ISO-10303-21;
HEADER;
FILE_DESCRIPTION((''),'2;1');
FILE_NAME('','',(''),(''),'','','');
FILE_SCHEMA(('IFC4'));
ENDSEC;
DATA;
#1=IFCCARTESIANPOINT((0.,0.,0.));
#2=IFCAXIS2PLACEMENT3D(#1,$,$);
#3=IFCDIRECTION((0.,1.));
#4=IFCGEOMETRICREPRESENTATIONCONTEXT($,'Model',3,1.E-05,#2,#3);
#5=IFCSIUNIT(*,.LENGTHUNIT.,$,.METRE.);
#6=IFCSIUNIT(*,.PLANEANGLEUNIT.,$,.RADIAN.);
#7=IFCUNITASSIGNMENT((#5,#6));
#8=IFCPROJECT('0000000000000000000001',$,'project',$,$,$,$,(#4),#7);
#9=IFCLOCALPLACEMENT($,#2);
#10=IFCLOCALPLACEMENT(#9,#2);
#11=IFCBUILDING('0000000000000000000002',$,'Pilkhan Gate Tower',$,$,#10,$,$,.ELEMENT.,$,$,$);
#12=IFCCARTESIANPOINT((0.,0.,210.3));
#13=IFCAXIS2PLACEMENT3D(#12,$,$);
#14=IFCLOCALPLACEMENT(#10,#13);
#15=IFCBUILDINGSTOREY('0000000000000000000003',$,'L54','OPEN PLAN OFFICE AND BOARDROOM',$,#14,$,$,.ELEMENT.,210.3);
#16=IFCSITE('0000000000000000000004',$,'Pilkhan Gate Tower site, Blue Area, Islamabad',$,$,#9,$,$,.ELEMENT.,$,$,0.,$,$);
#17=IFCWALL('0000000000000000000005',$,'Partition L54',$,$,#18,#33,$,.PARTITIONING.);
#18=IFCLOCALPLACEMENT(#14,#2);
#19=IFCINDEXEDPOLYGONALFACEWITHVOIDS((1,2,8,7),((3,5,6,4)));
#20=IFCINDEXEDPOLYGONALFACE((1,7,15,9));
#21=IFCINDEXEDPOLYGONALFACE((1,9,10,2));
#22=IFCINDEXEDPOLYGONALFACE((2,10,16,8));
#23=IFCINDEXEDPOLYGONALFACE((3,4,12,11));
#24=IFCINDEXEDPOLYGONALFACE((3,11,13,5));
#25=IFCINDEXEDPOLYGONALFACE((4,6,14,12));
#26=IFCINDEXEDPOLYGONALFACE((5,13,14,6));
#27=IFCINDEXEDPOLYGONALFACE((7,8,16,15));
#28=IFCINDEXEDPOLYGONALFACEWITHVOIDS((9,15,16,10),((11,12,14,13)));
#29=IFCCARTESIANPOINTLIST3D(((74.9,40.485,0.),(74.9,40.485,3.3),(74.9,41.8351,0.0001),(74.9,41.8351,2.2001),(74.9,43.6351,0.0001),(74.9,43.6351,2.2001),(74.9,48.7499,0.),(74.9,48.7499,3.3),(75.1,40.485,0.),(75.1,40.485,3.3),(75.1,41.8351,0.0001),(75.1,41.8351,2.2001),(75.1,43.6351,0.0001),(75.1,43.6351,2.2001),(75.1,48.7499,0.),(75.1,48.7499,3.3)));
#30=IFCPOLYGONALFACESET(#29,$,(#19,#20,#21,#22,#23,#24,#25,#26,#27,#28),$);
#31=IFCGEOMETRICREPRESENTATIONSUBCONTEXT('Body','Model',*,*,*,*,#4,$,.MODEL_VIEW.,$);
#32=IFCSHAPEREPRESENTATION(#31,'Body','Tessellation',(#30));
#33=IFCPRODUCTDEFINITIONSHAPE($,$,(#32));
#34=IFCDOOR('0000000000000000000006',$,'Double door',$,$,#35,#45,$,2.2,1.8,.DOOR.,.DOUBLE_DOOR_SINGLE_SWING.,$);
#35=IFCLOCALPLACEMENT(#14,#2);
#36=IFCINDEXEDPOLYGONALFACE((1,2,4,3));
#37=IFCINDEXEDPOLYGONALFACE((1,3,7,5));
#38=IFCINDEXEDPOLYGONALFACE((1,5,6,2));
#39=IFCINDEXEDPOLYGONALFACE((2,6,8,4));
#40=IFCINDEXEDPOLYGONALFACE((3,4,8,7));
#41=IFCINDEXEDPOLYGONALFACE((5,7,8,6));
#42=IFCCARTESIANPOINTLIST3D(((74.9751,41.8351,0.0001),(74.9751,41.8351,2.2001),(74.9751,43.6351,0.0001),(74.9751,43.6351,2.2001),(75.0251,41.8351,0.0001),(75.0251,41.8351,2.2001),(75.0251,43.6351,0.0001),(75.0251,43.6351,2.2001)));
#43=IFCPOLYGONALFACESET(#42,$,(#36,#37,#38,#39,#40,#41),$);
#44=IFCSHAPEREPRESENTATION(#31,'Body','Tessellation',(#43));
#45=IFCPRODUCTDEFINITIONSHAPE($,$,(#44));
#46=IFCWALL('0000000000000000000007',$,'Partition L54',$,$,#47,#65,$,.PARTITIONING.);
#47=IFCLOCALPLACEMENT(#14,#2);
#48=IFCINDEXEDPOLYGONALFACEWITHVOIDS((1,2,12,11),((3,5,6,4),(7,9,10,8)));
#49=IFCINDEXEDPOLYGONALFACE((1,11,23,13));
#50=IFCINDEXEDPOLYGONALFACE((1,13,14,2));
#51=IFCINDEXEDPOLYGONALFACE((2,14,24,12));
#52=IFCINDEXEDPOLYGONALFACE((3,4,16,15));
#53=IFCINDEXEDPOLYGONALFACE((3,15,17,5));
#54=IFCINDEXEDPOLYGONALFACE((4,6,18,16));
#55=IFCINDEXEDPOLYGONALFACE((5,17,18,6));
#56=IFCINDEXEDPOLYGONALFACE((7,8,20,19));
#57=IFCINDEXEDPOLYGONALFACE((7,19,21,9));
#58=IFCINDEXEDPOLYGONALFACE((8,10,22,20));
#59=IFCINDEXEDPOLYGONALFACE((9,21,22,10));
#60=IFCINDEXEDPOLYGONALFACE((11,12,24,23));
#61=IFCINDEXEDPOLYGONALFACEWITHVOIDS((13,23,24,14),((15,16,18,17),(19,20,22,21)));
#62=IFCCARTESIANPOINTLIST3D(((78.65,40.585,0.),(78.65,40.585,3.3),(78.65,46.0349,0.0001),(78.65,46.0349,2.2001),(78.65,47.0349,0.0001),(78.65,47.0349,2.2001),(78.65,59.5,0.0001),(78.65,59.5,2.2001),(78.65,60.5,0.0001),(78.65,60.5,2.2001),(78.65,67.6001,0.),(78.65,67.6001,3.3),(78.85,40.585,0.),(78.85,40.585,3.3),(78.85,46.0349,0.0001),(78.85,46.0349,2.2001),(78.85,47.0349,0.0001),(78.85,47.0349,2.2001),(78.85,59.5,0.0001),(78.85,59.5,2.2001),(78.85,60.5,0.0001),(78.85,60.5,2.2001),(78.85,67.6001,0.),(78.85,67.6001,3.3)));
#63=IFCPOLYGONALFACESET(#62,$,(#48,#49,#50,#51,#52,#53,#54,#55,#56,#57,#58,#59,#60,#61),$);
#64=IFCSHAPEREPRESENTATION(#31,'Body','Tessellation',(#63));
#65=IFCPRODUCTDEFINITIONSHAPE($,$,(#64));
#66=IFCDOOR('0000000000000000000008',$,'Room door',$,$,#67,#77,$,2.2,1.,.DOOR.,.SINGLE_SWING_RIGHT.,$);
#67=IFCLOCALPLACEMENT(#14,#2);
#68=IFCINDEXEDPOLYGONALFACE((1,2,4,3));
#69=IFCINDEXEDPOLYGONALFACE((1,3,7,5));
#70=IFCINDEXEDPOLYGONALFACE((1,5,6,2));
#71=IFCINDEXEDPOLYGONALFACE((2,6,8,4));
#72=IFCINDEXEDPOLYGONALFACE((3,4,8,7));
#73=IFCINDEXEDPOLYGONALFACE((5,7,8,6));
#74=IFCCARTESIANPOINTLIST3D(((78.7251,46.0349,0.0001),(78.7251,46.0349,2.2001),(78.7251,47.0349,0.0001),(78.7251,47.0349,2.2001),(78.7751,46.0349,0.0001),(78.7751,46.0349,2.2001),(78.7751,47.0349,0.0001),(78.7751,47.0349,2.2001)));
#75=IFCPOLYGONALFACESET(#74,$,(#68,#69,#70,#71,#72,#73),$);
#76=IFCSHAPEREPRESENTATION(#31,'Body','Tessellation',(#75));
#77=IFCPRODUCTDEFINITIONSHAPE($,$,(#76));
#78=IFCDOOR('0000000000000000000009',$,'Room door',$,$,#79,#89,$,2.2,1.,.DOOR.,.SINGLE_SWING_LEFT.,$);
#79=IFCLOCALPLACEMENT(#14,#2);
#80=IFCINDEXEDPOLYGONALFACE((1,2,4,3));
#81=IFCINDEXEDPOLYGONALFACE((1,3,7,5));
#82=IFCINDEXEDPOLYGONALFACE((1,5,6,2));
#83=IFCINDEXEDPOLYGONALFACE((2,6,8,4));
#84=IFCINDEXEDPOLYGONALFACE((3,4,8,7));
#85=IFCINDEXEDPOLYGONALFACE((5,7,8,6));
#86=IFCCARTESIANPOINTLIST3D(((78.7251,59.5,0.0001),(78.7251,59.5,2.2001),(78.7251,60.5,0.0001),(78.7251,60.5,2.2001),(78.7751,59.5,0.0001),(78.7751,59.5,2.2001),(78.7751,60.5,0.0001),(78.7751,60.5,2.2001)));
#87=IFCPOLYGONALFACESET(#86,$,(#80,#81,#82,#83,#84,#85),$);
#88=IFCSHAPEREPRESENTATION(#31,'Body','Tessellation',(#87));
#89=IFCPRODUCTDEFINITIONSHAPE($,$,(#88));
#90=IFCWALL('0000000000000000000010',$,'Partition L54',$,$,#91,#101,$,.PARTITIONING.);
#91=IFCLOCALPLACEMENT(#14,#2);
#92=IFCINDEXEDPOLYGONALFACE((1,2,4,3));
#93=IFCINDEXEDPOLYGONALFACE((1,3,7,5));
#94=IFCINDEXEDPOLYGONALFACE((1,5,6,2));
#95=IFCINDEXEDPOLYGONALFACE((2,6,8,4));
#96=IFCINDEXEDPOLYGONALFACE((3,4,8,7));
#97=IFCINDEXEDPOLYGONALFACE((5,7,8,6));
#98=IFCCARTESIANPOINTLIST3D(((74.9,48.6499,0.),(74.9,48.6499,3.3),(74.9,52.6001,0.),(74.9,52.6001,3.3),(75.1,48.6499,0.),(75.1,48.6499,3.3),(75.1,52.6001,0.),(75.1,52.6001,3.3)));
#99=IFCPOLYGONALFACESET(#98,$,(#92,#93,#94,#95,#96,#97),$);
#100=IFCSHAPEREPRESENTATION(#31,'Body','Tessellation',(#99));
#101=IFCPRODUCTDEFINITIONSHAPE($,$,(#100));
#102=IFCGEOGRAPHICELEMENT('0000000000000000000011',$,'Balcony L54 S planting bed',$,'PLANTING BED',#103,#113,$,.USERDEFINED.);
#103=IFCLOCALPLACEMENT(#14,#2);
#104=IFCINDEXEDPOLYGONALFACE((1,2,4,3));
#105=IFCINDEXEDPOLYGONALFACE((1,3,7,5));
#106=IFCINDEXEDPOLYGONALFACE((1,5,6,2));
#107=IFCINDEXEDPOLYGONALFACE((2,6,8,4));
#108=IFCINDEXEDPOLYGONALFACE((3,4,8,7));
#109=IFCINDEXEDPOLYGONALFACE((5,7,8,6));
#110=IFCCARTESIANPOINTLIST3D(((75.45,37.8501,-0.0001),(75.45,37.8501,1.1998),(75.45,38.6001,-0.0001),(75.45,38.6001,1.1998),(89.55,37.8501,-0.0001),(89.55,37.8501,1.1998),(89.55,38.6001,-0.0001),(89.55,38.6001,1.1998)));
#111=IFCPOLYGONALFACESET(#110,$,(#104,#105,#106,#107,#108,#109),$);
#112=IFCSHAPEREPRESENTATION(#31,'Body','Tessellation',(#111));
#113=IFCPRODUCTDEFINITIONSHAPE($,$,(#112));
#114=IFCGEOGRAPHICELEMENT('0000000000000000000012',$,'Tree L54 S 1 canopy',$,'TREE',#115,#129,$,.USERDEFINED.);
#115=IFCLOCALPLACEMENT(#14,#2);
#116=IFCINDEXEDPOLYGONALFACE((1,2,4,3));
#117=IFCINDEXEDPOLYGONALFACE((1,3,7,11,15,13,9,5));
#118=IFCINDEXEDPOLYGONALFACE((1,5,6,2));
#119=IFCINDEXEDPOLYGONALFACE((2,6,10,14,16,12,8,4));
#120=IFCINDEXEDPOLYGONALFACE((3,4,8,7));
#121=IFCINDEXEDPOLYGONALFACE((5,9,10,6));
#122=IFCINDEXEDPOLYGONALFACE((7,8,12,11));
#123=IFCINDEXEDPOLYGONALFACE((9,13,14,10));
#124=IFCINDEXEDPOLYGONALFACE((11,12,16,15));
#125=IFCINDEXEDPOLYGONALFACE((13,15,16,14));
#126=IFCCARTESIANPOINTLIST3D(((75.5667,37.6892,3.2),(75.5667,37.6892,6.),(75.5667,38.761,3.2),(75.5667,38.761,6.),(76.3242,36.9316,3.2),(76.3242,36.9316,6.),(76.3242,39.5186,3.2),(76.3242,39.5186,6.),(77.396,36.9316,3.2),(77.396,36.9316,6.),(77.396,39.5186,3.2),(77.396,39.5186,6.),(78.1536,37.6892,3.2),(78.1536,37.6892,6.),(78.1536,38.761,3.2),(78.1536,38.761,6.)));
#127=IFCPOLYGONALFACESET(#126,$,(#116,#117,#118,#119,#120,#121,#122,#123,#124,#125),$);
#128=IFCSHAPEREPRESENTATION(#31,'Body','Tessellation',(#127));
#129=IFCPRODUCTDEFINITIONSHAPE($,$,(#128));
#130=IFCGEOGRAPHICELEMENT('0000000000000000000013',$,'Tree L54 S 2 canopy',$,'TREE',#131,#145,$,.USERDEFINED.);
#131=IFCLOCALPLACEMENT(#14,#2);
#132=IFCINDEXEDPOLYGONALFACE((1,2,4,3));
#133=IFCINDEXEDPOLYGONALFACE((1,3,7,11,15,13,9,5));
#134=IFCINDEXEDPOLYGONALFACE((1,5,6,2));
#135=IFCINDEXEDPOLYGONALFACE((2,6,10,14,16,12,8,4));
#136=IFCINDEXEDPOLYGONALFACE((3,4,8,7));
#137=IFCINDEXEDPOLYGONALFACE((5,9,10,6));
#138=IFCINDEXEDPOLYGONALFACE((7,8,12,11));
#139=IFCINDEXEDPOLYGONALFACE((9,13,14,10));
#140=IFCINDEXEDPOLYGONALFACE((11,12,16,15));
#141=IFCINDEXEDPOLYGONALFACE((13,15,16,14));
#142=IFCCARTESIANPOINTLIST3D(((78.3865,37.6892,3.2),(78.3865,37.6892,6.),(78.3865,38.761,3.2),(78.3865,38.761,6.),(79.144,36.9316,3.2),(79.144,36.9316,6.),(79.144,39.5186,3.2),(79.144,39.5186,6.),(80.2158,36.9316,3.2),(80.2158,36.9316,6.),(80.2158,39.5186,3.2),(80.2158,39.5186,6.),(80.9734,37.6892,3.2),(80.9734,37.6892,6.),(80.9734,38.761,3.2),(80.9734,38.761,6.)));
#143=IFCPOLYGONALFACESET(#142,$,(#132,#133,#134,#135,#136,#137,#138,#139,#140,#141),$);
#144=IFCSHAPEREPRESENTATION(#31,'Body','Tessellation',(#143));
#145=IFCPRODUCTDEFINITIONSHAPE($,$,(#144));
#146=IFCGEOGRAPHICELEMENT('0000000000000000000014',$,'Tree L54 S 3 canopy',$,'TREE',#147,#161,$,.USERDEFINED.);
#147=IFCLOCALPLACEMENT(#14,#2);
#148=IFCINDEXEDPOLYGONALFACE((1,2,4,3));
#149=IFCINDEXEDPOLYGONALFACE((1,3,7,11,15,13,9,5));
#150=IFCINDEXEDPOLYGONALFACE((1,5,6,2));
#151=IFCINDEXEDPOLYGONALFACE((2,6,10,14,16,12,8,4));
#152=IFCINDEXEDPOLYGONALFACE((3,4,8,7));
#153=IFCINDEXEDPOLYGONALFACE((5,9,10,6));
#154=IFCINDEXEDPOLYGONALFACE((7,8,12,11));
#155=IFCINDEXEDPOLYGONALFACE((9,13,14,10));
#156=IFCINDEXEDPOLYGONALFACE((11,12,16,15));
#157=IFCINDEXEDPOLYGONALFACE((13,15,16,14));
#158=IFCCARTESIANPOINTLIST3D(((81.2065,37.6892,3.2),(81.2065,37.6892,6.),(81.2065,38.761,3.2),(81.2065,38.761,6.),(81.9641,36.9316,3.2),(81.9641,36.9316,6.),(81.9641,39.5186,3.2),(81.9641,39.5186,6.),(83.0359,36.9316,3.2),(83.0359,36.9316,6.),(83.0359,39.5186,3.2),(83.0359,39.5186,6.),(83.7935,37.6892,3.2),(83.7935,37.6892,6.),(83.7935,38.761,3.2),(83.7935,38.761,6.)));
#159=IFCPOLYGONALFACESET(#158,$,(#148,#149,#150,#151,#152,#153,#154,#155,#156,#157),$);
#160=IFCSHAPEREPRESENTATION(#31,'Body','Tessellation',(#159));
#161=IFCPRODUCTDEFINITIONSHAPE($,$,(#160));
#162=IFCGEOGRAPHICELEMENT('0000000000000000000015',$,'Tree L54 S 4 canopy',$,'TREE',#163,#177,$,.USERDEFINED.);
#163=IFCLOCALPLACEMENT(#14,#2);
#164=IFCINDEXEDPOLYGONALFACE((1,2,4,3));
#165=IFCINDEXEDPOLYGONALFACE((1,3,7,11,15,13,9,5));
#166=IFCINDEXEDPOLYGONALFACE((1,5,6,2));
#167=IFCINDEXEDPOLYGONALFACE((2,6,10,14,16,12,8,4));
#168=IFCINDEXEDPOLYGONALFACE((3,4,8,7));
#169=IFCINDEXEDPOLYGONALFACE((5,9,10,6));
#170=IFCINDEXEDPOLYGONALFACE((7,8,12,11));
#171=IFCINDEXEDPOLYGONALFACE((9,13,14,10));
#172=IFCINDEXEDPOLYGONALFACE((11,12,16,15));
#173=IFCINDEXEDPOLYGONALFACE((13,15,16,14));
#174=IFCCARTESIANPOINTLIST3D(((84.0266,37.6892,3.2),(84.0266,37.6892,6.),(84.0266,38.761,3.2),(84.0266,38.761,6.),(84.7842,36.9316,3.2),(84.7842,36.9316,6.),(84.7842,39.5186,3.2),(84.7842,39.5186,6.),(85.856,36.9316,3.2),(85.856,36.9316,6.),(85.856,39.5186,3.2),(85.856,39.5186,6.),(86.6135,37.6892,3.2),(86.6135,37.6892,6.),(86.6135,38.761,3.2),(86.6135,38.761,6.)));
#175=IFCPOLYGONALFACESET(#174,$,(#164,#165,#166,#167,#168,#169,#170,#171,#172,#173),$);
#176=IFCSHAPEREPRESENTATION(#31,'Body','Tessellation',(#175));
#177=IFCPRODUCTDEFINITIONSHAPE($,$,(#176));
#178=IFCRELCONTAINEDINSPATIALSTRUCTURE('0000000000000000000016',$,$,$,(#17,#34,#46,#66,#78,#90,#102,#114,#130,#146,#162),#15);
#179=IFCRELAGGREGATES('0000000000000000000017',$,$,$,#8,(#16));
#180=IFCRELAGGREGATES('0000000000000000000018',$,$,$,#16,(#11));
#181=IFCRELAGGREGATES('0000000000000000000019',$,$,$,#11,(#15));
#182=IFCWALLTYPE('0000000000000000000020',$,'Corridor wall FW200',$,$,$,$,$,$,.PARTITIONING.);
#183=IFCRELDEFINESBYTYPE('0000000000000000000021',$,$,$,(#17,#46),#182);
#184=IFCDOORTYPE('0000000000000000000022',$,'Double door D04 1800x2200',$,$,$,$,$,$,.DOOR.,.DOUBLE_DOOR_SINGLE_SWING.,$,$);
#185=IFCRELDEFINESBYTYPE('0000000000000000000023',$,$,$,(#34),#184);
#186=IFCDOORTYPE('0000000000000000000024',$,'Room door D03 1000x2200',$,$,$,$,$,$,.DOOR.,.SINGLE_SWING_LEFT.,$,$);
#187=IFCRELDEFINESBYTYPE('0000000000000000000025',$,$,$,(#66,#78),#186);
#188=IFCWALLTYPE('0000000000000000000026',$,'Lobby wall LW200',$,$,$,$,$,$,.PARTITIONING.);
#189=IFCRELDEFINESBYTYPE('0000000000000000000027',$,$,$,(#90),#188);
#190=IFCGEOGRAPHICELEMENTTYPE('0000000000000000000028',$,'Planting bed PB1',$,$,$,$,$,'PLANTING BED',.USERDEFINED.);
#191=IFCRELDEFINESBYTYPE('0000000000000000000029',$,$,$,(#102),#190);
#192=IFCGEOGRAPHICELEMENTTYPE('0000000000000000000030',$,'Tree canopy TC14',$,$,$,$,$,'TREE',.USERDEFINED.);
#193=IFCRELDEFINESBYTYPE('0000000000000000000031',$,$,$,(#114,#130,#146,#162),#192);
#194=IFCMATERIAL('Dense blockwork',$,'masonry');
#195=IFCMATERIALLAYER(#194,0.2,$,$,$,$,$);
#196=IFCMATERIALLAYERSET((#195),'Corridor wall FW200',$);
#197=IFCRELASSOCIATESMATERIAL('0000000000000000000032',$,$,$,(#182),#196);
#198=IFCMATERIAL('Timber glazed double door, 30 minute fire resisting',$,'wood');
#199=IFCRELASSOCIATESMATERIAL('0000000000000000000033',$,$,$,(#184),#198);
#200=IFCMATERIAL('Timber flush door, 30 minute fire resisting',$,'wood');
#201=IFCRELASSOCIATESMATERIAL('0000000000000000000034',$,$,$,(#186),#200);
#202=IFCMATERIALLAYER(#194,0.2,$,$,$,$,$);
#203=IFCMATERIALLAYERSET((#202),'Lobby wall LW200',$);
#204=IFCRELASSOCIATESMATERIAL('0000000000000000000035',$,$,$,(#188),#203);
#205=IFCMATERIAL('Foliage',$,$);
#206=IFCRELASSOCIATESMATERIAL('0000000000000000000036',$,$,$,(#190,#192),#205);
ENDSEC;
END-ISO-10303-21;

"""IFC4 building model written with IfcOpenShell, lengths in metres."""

from ifc_helpers import new_model, si_unit, direction, frame, frame_2d, origin, origin_2d, place, context, subcontext, project, spatial, polyline, rectangle, outline, extrude, material, layer, layer_set, material_profile, profile_set, type_object, element, fill, save


model = new_model("IFC4")

# Units and contexts
model_context = context("Model", 3, precision=1e-05, world=origin(), true_north=direction((0.0, 1.0)))
body_context = subcontext(model_context, "Body", "Model", "MODEL_VIEW")
ifc_project = project(units=[si_unit("LENGTHUNIT", "METRE"), si_unit("PLANEANGLEUNIT", "RADIAN")], contexts=[model_context])

# Site, building, storey
site_placement = place(None, origin())
site = spatial("IfcSite", under=ifc_project, at=site_placement, Name="Pilkhan Gate Tower site, Blue Area, Islamabad", CompositionType="ELEMENT", RefElevation=0.0)
building_placement = place(site_placement, origin())
building = spatial("IfcBuilding", under=site, at=building_placement, Name="Pilkhan Gate Tower", CompositionType="ELEMENT")
storey_placement = place(building_placement, frame((0.0, 0.0, 210.3)))
storey = spatial("IfcBuildingStorey", under=building, at=storey_placement, Name="L54", Description="OPEN PLAN OFFICE AND BOARDROOM", CompositionType="ELEMENT", Elevation=210.3)

# Wall, opening, door
ifc_material_1 = material(Name="Dense blockwork", Category="masonry")
ifc_layer_1 = layer(ifc_material_1, 0.2)
ifc_layer_set_1 = layer_set([ifc_layer_1], Name="Corridor wall FW200")
wall_type_1 = type_object("IfcWallType", Name="Corridor wall FW200", PredefinedType="PARTITIONING", material=ifc_layer_set_1)
wall_1_placement = place(storey_placement, frame((75.0, 40.4851, 0.0), z_axis=(0.0, 0.0, 1.0), x_axis=(0.0, 1.0, 0.0)))
wall_1 = element("IfcWall", 1, at=wall_1_placement, inside=storey, type_object=wall_type_1, Name="Partition L54", PredefinedType="PARTITIONING", context=body_context, shape_type="SweptSolid", body=[
    extrude(rectangle(XDim=8.2649, YDim=0.2, at=frame_2d((4.1323, 0.0))), origin(), (0.0, 0.0, 1.0), 3.3),
])
opening_1_placement = place(wall_1_placement, frame((1.3501, 0.0, 0.0)))
opening_1 = element("IfcOpeningElement", 2, at=opening_1_placement, cuts=wall_1, PredefinedType="OPENING", context=body_context, shape_type="SweptSolid", body=[
    extrude(rectangle(XDim=1.8, YDim=2.2, at=frame_2d((0.8999, 1.1001))), frame((0.0, 0.1099, 0.0), z_axis=(0.0, -1.0, 0.0), x_axis=(1.0, 0.0, 0.0)), (0.0, 0.0, 1.0), 0.22),
])
ifc_material_2 = material(Name="Timber glazed double door, 30 minute fire resisting", Category="wood")
door_type_1 = type_object("IfcDoorType", Name="Double door D04 1800x2200", OperationType="DOUBLE_DOOR_SINGLE_SWING", PredefinedType="DOOR", material=ifc_material_2)
door_1_placement = place(opening_1_placement, origin())
door_1 = element("IfcDoor", 3, at=door_1_placement, inside=storey, type_object=door_type_1, Name="Double door", OperationType="DOUBLE_DOOR_SINGLE_SWING", OverallHeight=2.2, OverallWidth=1.8, PredefinedType="DOOR", context=body_context, shape_type="SweptSolid", body=[
    extrude(rectangle(XDim=1.8, YDim=2.2, at=frame_2d((0.8999, 1.1001))), frame((0.0, 0.0249, 0.0), z_axis=(0.0, -1.0, 0.0), x_axis=(1.0, 0.0, 0.0)), (0.0, 0.0, 1.0), 0.05),
])
fill(opening_1, door_1)

# Wall, openings, doors
wall_2_placement = place(storey_placement, frame((78.75, 40.585, 0.0), z_axis=(0.0, 0.0, 1.0), x_axis=(0.0, 1.0, 0.0)))
wall_2 = element("IfcWall", 4, at=wall_2_placement, inside=storey, type_object=wall_type_1, Name="Partition L54", PredefinedType="PARTITIONING", context=body_context, shape_type="SweptSolid", body=[
    extrude(rectangle(XDim=27.0151, YDim=0.2, at=frame_2d((13.5076, 0.0))), origin(), (0.0, 0.0, 1.0), 3.3),
])
opening_2_placement = place(wall_2_placement, frame((5.45, 0.0, 0.0)))
opening_2 = element("IfcOpeningElement", 5, at=opening_2_placement, cuts=wall_2, PredefinedType="OPENING", context=body_context, shape_type="SweptSolid", body=[
    extrude(rectangle(XDim=1.0, YDim=2.2, at=frame_2d((0.5, 1.1001))), frame((0.0, 0.1099, 0.0), z_axis=(0.0, -1.0, 0.0), x_axis=(1.0, 0.0, 0.0)), (0.0, 0.0, 1.0), 0.22),
])
opening_3_placement = place(wall_2_placement, frame((18.915, 0.0, 0.0)))
opening_3 = element("IfcOpeningElement", 6, at=opening_3_placement, cuts=wall_2, PredefinedType="OPENING", context=body_context, shape_type="SweptSolid", body=[
    extrude(rectangle(XDim=1.0, YDim=2.2, at=frame_2d((0.5, 1.1001))), frame((0.0, 0.1099, 0.0), z_axis=(0.0, -1.0, 0.0), x_axis=(1.0, 0.0, 0.0)), (0.0, 0.0, 1.0), 0.22),
])
ifc_material_3 = material(Name="Timber flush door, 30 minute fire resisting", Category="wood")
door_type_2 = type_object("IfcDoorType", Name="Room door D03 1000x2200", OperationType="SINGLE_SWING_LEFT", PredefinedType="DOOR", material=ifc_material_3)
door_2_placement = place(opening_2_placement, origin())
door_2 = element("IfcDoor", 7, at=door_2_placement, inside=storey, type_object=door_type_2, Name="Room door", OperationType="SINGLE_SWING_RIGHT", OverallHeight=2.2, OverallWidth=1.0, PredefinedType="DOOR", context=body_context, shape_type="SweptSolid", body=[
    extrude(rectangle(XDim=1.0, YDim=2.2, at=frame_2d((0.5, 1.1001))), frame((0.0, 0.0249, 0.0), z_axis=(0.0, -1.0, 0.0), x_axis=(1.0, 0.0, 0.0)), (0.0, 0.0, 1.0), 0.05),
])
fill(opening_2, door_2)
door_3_placement = place(opening_3_placement, origin())
door_3 = element("IfcDoor", 8, at=door_3_placement, inside=storey, type_object=door_type_2, Name="Room door", OperationType="SINGLE_SWING_LEFT", OverallHeight=2.2, OverallWidth=1.0, PredefinedType="DOOR", context=body_context, shape_type="SweptSolid", body=[
    extrude(rectangle(XDim=1.0, YDim=2.2, at=frame_2d((0.5, 1.1001))), frame((0.0, 0.0249, 0.0), z_axis=(0.0, -1.0, 0.0), x_axis=(1.0, 0.0, 0.0)), (0.0, 0.0, 1.0), 0.05),
])
fill(opening_3, door_3)

# Wall
ifc_layer_2 = layer(ifc_material_1, 0.2)
ifc_layer_set_2 = layer_set([ifc_layer_2], Name="Lobby wall LW200")
wall_type_2 = type_object("IfcWallType", Name="Lobby wall LW200", PredefinedType="PARTITIONING", material=ifc_layer_set_2)
wall_3_placement = place(storey_placement, frame((75.0, 48.6499, 0.0), z_axis=(0.0, 0.0, 1.0), x_axis=(0.0, 1.0, 0.0)))
element("IfcWall", 9, at=wall_3_placement, inside=storey, type_object=wall_type_2, Name="Partition L54", PredefinedType="PARTITIONING", context=body_context, shape_type="SweptSolid", body=[
    extrude(rectangle(XDim=3.9502, YDim=0.2, at=frame_2d((1.9751, 0.0))), origin(), (0.0, 0.0, 1.0), 3.3),
])

# Geographic elements
ifc_material_4 = material(Name="Foliage")
ifc_material_profile_1 = material_profile(ifc_material_4, rectangle(XDim=0.75, YDim=1.2, at=origin_2d()), Name="Bed 750x1200")
ifc_profile_set_1 = profile_set([ifc_material_profile_1], Name="Foliage")
geographic_element_type_1 = type_object("IfcGeographicElementType", Name="Planting bed PB1", ElementType="PLANTING BED", PredefinedType="USERDEFINED", material=ifc_profile_set_1)
geographic_element_placement = place(storey_placement, frame((75.45, 38.2251, 0.5999), z_axis=(1.0, 0.0, 0.0), x_axis=(0.0, 1.0, 0.0)))
element("IfcGeographicElement", 10, at=geographic_element_placement, inside=storey, type_object=geographic_element_type_1, Name="Balcony L54 S planting bed", ObjectType="PLANTING BED", PredefinedType="USERDEFINED", context=body_context, shape_type="SweptSolid", body=[
    extrude(rectangle(XDim=0.75, YDim=1.2, at=origin_2d()), origin(), (0.0, 0.0, 1.0), 14.1001),
])
ifc_material_profile_2 = material_profile(ifc_material_4, outline(polyline([(1.2935, 0.5359), (0.5359, 1.2935), (-0.5359, 1.2935), (-1.2935, 0.5359), (-1.2935, -0.5359), (-0.5359, -1.2935), (0.5359, -1.2935), (1.2935, -0.5359), (1.2935, 0.5359)])), Name="Canopy D2.8")
ifc_profile_set_2 = profile_set([ifc_material_profile_2], Name="Foliage")
geographic_element_type_2 = type_object("IfcGeographicElementType", Name="Tree canopy TC14", ElementType="TREE", PredefinedType="USERDEFINED", material=ifc_profile_set_2)
for number, where, z_axis, x_axis, name in (
    (11, (76.8601, 38.2251, 3.2), (0.0, 0.0, 1.0), (1.0, 0.0, 0.0), "Tree L54 S 1 canopy"),
    (12, (79.6799, 38.2251, 3.2), (0.0, 0.0, 1.0), (1.0, 0.0, 0.0), "Tree L54 S 2 canopy"),
    (13, (82.5, 38.2251, 3.2), (0.0, 0.0, 1.0), (1.0, 0.0, 0.0), "Tree L54 S 3 canopy"),
    (14, (85.3201, 38.2251, 3.2), (0.0, 0.0, 1.0), (1.0, 0.0, 0.0), "Tree L54 S 4 canopy"),
):
    element("IfcGeographicElement", number, at=place(storey_placement, frame(where, z_axis=z_axis, x_axis=x_axis)), inside=storey, type_object=geographic_element_type_2, Name=name, ObjectType="TREE", PredefinedType="USERDEFINED", context=body_context, shape_type="SweptSolid", body=[
        extrude(outline(polyline([(1.2935, 0.5359), (0.5359, 1.2935), (-0.5359, 1.2935), (-1.2935, 0.5359), (-1.2935, -0.5359), (-0.5359, -1.2935), (0.5359, -1.2935), (1.2935, -0.5359), (1.2935, 0.5359)])), origin(), (0.0, 0.0, 1.0), 2.8),
    ])

save(model, "model.ifc")
